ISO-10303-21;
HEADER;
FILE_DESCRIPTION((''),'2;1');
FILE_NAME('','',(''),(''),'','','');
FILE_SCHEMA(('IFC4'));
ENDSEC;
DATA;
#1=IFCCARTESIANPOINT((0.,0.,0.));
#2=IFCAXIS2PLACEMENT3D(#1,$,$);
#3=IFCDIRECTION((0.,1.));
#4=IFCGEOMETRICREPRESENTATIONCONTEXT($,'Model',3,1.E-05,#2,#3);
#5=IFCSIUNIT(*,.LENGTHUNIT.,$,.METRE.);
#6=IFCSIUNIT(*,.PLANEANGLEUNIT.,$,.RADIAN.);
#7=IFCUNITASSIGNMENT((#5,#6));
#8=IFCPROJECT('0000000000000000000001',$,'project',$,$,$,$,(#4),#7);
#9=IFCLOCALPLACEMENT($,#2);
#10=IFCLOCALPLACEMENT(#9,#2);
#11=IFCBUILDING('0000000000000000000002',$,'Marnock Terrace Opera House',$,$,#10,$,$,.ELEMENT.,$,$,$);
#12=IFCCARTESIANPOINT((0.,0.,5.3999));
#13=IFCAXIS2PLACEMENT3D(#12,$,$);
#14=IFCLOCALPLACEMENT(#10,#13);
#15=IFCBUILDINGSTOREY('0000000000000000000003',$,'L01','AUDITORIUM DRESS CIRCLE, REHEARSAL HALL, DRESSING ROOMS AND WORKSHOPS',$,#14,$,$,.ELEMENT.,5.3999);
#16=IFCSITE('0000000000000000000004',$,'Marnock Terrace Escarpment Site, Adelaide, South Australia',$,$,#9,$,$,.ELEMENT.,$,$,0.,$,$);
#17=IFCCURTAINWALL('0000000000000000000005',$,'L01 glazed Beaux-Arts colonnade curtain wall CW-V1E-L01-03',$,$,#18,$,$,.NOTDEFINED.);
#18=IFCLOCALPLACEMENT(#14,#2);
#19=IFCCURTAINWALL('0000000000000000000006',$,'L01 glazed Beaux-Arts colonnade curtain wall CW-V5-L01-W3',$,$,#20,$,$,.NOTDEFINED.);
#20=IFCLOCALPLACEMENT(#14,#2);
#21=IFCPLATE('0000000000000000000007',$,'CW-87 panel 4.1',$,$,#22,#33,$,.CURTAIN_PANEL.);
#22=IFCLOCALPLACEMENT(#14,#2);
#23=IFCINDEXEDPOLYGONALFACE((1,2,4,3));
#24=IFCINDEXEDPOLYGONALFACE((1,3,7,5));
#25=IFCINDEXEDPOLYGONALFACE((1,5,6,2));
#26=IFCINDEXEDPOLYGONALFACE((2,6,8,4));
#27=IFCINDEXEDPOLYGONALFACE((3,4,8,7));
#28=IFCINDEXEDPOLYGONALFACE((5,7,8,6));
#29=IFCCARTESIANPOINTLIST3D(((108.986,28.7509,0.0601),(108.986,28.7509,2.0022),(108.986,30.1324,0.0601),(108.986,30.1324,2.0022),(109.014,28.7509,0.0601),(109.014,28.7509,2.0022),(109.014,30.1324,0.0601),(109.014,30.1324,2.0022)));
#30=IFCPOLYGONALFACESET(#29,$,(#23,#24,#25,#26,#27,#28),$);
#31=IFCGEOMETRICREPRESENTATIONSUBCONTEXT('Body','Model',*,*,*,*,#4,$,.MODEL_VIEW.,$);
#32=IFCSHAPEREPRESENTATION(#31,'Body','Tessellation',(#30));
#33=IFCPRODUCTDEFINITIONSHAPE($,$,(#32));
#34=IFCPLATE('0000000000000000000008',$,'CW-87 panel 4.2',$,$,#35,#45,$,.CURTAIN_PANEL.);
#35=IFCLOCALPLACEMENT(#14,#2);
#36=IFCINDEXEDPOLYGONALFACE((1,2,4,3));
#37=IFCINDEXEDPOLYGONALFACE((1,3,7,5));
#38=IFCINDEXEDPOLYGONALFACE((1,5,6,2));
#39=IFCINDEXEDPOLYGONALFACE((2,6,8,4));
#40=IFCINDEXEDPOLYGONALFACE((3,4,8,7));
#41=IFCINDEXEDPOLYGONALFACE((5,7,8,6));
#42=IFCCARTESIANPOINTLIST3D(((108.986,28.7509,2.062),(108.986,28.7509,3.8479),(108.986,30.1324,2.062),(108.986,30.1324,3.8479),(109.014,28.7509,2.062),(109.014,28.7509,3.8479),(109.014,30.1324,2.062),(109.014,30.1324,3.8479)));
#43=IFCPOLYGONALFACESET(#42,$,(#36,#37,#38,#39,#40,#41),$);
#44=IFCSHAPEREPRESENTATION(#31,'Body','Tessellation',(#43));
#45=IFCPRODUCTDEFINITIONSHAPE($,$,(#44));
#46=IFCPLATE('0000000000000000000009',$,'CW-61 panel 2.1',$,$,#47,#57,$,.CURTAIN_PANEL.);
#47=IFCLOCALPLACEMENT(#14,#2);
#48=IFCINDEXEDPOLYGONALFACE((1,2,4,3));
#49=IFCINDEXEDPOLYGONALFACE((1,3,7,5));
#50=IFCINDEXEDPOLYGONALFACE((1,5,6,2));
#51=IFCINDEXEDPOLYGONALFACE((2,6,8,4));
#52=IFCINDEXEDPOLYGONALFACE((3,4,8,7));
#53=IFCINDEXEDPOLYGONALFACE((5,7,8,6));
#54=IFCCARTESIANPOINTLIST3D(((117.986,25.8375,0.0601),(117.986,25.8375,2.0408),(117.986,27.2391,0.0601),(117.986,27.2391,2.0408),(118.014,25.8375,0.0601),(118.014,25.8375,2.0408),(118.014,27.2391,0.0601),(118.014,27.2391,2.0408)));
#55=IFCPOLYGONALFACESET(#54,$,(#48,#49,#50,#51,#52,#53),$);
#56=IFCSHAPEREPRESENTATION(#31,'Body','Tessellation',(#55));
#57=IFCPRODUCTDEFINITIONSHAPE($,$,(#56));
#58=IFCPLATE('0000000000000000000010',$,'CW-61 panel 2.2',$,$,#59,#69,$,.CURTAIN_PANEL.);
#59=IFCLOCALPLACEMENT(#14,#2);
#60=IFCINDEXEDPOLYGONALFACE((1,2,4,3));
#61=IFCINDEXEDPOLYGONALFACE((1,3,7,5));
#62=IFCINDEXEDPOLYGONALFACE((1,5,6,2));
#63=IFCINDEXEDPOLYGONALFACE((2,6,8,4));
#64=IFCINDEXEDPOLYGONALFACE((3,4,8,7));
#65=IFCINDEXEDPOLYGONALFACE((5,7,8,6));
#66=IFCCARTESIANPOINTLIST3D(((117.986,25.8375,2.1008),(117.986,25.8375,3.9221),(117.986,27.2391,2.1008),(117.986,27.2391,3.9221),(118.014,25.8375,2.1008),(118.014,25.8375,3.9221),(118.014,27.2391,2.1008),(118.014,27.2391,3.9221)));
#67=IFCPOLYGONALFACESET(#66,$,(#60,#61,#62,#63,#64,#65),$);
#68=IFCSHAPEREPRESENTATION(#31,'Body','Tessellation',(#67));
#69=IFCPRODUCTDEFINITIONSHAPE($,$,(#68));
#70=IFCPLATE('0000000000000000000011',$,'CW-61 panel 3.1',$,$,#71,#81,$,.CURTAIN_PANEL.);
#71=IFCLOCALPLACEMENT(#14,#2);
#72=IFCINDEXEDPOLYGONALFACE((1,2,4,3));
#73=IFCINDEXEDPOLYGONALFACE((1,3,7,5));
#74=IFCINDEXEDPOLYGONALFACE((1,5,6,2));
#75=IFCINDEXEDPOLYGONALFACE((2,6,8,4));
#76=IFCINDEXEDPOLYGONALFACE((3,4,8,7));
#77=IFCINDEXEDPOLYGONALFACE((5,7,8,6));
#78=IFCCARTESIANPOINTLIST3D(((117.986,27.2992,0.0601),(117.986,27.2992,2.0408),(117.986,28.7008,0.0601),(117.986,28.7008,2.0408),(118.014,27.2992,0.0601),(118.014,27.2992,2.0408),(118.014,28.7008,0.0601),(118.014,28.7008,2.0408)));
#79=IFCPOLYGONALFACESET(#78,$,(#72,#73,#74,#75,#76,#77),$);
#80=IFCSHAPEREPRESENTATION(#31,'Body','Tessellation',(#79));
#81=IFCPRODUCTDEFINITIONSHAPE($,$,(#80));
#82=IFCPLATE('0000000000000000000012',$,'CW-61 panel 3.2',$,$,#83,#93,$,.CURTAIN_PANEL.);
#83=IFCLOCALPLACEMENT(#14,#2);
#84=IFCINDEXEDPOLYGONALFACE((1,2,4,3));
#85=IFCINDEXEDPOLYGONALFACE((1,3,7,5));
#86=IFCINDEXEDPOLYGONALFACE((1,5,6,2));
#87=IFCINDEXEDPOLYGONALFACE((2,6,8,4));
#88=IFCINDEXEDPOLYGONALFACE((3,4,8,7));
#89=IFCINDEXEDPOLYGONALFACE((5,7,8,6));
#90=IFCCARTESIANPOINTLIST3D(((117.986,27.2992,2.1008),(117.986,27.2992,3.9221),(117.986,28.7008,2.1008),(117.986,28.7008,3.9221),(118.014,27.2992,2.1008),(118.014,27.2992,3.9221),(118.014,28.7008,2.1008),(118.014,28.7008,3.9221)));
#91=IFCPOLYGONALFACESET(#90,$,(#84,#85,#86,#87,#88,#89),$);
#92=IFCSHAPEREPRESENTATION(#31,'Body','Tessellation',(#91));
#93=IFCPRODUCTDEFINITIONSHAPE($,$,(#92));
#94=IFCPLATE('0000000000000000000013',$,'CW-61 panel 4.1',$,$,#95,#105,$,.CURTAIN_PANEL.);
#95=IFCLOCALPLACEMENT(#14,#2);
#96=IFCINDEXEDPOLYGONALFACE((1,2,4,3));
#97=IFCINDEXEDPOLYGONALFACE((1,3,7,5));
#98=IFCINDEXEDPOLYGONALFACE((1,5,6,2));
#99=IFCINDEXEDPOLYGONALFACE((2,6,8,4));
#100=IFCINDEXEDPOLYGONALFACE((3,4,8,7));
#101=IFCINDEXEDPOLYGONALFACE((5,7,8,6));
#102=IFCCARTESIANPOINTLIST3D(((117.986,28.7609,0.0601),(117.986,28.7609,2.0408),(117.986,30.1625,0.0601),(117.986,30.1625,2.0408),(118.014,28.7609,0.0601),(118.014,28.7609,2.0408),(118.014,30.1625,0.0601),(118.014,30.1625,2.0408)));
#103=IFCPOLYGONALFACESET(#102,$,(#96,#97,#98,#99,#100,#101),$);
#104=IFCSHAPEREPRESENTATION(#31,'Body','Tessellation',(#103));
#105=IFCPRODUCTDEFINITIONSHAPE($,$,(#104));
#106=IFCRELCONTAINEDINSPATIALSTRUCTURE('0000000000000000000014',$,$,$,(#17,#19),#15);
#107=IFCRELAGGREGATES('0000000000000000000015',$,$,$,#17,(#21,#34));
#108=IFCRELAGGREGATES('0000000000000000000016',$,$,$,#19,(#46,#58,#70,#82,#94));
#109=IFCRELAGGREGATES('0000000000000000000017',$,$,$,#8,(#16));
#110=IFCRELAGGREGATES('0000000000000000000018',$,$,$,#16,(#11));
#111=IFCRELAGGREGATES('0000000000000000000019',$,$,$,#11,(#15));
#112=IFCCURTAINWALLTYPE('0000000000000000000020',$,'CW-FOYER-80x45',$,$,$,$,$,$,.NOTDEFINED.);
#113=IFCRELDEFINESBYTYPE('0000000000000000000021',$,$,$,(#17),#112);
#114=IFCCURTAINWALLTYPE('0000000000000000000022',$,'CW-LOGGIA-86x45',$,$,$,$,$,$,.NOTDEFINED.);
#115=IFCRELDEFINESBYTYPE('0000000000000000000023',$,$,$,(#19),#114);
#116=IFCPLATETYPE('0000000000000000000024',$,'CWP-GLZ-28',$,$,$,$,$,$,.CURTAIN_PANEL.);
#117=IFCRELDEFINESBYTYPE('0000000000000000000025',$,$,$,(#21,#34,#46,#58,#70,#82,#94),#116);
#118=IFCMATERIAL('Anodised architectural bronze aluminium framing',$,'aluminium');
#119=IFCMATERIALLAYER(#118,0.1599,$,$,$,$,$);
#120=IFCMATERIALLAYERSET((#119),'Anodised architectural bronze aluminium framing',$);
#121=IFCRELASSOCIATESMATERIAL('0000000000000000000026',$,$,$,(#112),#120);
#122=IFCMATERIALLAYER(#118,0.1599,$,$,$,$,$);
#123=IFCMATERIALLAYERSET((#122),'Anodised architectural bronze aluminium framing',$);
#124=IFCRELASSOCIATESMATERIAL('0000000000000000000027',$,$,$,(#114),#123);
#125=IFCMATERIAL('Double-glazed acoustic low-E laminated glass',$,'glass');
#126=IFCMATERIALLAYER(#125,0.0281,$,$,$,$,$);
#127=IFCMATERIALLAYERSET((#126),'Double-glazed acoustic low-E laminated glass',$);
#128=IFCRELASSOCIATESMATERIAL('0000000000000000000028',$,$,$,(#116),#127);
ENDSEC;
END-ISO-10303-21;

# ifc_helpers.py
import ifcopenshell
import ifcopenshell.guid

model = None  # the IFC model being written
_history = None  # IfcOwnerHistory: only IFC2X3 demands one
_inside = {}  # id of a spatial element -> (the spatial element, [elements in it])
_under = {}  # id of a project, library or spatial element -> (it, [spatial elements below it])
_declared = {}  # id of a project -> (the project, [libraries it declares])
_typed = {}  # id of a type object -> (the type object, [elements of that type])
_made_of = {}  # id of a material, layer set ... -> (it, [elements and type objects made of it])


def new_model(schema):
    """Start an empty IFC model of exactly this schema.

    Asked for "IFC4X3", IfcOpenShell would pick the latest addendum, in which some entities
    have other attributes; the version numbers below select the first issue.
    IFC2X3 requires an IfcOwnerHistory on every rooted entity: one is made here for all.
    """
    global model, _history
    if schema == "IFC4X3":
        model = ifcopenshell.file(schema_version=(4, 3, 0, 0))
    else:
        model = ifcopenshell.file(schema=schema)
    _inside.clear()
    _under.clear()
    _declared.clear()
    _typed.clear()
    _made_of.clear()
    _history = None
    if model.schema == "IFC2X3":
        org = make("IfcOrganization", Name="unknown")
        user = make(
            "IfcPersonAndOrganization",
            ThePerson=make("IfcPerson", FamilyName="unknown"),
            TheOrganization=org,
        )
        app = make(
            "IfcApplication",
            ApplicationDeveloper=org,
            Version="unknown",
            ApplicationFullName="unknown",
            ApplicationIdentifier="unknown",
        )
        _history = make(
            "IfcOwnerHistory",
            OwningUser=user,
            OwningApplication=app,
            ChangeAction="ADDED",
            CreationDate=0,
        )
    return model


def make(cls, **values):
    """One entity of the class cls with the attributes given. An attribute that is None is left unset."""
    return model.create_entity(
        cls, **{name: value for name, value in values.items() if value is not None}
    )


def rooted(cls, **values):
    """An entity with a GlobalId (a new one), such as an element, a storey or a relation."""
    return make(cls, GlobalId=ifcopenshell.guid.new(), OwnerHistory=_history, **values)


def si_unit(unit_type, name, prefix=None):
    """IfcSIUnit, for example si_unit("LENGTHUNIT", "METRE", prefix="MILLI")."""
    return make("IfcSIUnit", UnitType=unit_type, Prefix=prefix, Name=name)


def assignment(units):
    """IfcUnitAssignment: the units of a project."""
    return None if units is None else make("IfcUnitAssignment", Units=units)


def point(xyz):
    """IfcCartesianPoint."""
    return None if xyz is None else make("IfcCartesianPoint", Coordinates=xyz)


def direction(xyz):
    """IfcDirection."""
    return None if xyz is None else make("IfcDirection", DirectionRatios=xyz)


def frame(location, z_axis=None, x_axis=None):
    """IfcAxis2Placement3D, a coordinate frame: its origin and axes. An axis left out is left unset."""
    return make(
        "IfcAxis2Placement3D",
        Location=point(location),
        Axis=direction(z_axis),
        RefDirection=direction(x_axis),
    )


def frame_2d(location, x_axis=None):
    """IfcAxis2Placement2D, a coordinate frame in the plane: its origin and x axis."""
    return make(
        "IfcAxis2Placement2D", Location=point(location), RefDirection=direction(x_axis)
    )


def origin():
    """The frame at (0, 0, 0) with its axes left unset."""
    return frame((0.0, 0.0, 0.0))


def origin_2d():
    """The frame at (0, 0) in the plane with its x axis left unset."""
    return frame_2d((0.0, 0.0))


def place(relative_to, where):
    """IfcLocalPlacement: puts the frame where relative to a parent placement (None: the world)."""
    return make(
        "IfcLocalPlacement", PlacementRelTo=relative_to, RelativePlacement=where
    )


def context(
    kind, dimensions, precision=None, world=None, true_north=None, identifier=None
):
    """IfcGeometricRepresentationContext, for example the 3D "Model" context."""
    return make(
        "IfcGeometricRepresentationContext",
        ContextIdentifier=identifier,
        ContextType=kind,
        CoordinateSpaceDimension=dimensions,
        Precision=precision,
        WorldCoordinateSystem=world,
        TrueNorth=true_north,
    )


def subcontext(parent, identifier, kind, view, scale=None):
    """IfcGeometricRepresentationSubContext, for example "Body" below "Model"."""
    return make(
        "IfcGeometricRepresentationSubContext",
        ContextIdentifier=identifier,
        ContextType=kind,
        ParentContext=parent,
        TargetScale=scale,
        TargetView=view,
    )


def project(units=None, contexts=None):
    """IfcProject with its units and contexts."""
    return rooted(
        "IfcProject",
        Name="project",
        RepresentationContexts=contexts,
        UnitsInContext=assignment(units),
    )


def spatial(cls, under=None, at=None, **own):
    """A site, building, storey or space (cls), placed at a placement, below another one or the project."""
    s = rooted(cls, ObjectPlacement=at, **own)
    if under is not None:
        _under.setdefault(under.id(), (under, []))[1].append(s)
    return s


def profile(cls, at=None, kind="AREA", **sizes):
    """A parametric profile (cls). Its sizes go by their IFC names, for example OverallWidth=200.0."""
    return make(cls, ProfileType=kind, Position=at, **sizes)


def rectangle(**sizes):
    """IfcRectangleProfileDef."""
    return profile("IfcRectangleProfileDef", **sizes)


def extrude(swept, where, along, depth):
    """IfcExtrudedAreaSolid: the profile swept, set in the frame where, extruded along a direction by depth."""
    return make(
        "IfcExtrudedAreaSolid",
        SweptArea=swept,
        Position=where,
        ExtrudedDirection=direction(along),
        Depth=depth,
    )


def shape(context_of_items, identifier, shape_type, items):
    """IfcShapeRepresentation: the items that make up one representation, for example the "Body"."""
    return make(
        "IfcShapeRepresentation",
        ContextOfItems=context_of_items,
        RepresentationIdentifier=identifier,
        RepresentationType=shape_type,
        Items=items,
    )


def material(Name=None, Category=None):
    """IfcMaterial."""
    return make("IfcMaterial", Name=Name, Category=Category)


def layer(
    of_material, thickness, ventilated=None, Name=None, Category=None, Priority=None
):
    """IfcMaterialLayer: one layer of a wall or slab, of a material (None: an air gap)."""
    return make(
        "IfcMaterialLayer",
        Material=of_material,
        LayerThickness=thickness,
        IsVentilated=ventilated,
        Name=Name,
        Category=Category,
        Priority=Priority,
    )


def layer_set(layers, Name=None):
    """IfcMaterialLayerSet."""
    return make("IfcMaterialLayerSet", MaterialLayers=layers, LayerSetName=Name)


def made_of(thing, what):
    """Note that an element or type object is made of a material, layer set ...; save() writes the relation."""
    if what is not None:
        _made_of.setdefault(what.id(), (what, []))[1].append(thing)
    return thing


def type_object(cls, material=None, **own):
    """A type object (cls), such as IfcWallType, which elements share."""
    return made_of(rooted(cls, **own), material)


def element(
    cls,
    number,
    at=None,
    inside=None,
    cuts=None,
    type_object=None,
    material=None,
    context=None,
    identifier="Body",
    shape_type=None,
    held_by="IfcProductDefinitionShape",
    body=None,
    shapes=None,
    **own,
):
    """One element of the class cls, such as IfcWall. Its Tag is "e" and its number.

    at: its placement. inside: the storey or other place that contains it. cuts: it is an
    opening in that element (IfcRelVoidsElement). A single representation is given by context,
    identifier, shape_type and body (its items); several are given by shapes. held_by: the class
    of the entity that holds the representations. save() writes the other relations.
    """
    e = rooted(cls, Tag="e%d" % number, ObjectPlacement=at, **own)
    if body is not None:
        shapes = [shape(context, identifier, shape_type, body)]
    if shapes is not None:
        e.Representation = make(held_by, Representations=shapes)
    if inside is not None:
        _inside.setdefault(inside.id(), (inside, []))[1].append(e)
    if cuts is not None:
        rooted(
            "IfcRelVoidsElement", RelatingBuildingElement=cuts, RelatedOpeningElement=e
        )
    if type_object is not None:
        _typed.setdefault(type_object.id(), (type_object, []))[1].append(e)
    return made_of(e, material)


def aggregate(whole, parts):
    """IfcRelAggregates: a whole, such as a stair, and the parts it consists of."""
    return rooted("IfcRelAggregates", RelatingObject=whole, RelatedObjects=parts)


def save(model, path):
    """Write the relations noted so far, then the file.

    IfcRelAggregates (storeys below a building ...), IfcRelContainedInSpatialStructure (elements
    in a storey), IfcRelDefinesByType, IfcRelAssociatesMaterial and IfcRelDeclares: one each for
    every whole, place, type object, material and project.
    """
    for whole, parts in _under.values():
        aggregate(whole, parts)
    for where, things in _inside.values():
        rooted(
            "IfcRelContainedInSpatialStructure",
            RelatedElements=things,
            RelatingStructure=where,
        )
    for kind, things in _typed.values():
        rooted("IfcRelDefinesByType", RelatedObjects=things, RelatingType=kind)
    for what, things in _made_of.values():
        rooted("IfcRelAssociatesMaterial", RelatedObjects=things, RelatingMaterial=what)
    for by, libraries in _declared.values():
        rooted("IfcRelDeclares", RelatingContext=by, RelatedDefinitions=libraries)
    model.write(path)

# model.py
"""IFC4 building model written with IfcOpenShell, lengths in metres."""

from ifc_helpers import new_model, si_unit, direction, frame, origin, origin_2d, place, context, subcontext, project, spatial, rectangle, extrude, material, layer, layer_set, type_object, element, aggregate, save


model = new_model("IFC4")

# Units and contexts
model_context = context("Model", 3, precision=1e-05, world=origin(), true_north=direction((0.0, 1.0)))
body_context = subcontext(model_context, "Body", "Model", "MODEL_VIEW")
ifc_project = project(units=[si_unit("LENGTHUNIT", "METRE"), si_unit("PLANEANGLEUNIT", "RADIAN")], contexts=[model_context])

# Site, building, storey
site_placement = place(None, origin())
site = spatial("IfcSite", under=ifc_project, at=site_placement, Name="Marnock Terrace Escarpment Site, Adelaide, South Australia", CompositionType="ELEMENT", RefElevation=0.0)
building_placement = place(site_placement, origin())
building = spatial("IfcBuilding", under=site, at=building_placement, Name="Marnock Terrace Opera House", CompositionType="ELEMENT")
storey_placement = place(building_placement, frame((0.0, 0.0, 5.3999)))
storey = spatial("IfcBuildingStorey", under=building, at=storey_placement, Name="L01", Description="AUDITORIUM DRESS CIRCLE, REHEARSAL HALL, DRESSING ROOMS AND WORKSHOPS", CompositionType="ELEMENT", Elevation=5.3999)

# Curtain walls
ifc_material_1 = material(Name="Anodised architectural bronze aluminium framing", Category="aluminium")
ifc_layer_1 = layer(ifc_material_1, 0.1599)
ifc_layer_set_1 = layer_set([ifc_layer_1], Name="Anodised architectural bronze aluminium framing")
curtain_wall_type_1 = type_object("IfcCurtainWallType", Name="CW-FOYER-80x45", PredefinedType="NOTDEFINED", material=ifc_layer_set_1)
curtain_wall_1_placement = place(storey_placement, origin())
curtain_wall_1 = element("IfcCurtainWall", 1, at=curtain_wall_1_placement, inside=storey, type_object=curtain_wall_type_1, Name="L01 glazed Beaux-Arts colonnade curtain wall CW-V1E-L01-03", PredefinedType="NOTDEFINED")
ifc_layer_2 = layer(ifc_material_1, 0.1599)
ifc_layer_set_2 = layer_set([ifc_layer_2], Name="Anodised architectural bronze aluminium framing")
curtain_wall_type_2 = type_object("IfcCurtainWallType", Name="CW-LOGGIA-86x45", PredefinedType="NOTDEFINED", material=ifc_layer_set_2)
curtain_wall_2_placement = place(storey_placement, origin())
curtain_wall_2 = element("IfcCurtainWall", 2, at=curtain_wall_2_placement, inside=storey, type_object=curtain_wall_type_2, Name="L01 glazed Beaux-Arts colonnade curtain wall CW-V5-L01-W3", PredefinedType="NOTDEFINED")

# Plates
ifc_material_2 = material(Name="Double-glazed acoustic low-E laminated glass", Category="glass")
ifc_layer_3 = layer(ifc_material_2, 0.0281)
ifc_layer_set_3 = layer_set([ifc_layer_3], Name="Double-glazed acoustic low-E laminated glass")
plate_type = type_object("IfcPlateType", Name="CWP-GLZ-28", PredefinedType="CURTAIN_PANEL", material=ifc_layer_set_3)
plate_1_placement = place(storey_placement, frame((109.0, 29.4417, 0.0601), z_axis=(0.0, 0.0, 1.0), x_axis=(0.0, 1.0, 0.0)))
plate_1 = element("IfcPlate", 3, at=plate_1_placement, type_object=plate_type, Name="CW-87 panel 4.1", PredefinedType="CURTAIN_PANEL", context=body_context, shape_type="SweptSolid", body=[
    extrude(rectangle(XDim=1.3816, YDim=0.0281, at=origin_2d()), origin(), (0.0, 0.0, 1.0), 1.9421),
])
plate_2_placement = place(storey_placement, frame((109.0, 29.4417, 2.062), z_axis=(0.0, 0.0, 1.0), x_axis=(0.0, 1.0, 0.0)))
plate_2 = element("IfcPlate", 4, at=plate_2_placement, type_object=plate_type, Name="CW-87 panel 4.2", PredefinedType="CURTAIN_PANEL", context=body_context, shape_type="SweptSolid", body=[
    extrude(rectangle(XDim=1.3816, YDim=0.0281, at=origin_2d()), origin(), (0.0, 0.0, 1.0), 1.7859),
])
aggregate(curtain_wall_1, [plate_1, plate_2])
plate_3_placement = place(storey_placement, frame((118.0, 26.5383, 0.0601), z_axis=(0.0, 0.0, 1.0), x_axis=(0.0, 1.0, 0.0)))
plate_3 = element("IfcPlate", 5, at=plate_3_placement, type_object=plate_type, Name="CW-61 panel 2.1", PredefinedType="CURTAIN_PANEL", context=body_context, shape_type="SweptSolid", body=[
    extrude(rectangle(XDim=1.4016, YDim=0.0281, at=origin_2d()), origin(), (0.0, 0.0, 1.0), 1.9807),
])
plate_4_placement = place(storey_placement, frame((118.0, 26.5383, 2.1008), z_axis=(0.0, 0.0, 1.0), x_axis=(0.0, 1.0, 0.0)))
plate_4 = element("IfcPlate", 6, at=plate_4_placement, type_object=plate_type, Name="CW-61 panel 2.2", PredefinedType="CURTAIN_PANEL", context=body_context, shape_type="SweptSolid", body=[
    extrude(rectangle(XDim=1.4016, YDim=0.0281, at=origin_2d()), origin(), (0.0, 0.0, 1.0), 1.8213),
])
plate_5_placement = place(storey_placement, frame((118.0, 28.0, 0.0601), z_axis=(0.0, 0.0, 1.0), x_axis=(0.0, 1.0, 0.0)))
plate_5 = element("IfcPlate", 7, at=plate_5_placement, type_object=plate_type, Name="CW-61 panel 3.1", PredefinedType="CURTAIN_PANEL", context=body_context, shape_type="SweptSolid", body=[
    extrude(rectangle(XDim=1.4016, YDim=0.0281, at=origin_2d()), origin(), (0.0, 0.0, 1.0), 1.9807),
])
plate_6_placement = place(storey_placement, frame((118.0, 28.0, 2.1008), z_axis=(0.0, 0.0, 1.0), x_axis=(0.0, 1.0, 0.0)))
plate_6 = element("IfcPlate", 8, at=plate_6_placement, type_object=plate_type, Name="CW-61 panel 3.2", PredefinedType="CURTAIN_PANEL", context=body_context, shape_type="SweptSolid", body=[
    extrude(rectangle(XDim=1.4016, YDim=0.0281, at=origin_2d()), origin(), (0.0, 0.0, 1.0), 1.8213),
])
plate_7_placement = place(storey_placement, frame((118.0, 29.4617, 0.0601), z_axis=(0.0, 0.0, 1.0), x_axis=(0.0, 1.0, 0.0)))
plate_7 = element("IfcPlate", 9, at=plate_7_placement, type_object=plate_type, Name="CW-61 panel 4.1", PredefinedType="CURTAIN_PANEL", context=body_context, shape_type="SweptSolid", body=[
    extrude(rectangle(XDim=1.4016, YDim=0.0281, at=origin_2d()), origin(), (0.0, 0.0, 1.0), 1.9807),
])
aggregate(curtain_wall_2, [plate_3, plate_4, plate_5, plate_6, plate_7])

save(model, "model.ifc")
